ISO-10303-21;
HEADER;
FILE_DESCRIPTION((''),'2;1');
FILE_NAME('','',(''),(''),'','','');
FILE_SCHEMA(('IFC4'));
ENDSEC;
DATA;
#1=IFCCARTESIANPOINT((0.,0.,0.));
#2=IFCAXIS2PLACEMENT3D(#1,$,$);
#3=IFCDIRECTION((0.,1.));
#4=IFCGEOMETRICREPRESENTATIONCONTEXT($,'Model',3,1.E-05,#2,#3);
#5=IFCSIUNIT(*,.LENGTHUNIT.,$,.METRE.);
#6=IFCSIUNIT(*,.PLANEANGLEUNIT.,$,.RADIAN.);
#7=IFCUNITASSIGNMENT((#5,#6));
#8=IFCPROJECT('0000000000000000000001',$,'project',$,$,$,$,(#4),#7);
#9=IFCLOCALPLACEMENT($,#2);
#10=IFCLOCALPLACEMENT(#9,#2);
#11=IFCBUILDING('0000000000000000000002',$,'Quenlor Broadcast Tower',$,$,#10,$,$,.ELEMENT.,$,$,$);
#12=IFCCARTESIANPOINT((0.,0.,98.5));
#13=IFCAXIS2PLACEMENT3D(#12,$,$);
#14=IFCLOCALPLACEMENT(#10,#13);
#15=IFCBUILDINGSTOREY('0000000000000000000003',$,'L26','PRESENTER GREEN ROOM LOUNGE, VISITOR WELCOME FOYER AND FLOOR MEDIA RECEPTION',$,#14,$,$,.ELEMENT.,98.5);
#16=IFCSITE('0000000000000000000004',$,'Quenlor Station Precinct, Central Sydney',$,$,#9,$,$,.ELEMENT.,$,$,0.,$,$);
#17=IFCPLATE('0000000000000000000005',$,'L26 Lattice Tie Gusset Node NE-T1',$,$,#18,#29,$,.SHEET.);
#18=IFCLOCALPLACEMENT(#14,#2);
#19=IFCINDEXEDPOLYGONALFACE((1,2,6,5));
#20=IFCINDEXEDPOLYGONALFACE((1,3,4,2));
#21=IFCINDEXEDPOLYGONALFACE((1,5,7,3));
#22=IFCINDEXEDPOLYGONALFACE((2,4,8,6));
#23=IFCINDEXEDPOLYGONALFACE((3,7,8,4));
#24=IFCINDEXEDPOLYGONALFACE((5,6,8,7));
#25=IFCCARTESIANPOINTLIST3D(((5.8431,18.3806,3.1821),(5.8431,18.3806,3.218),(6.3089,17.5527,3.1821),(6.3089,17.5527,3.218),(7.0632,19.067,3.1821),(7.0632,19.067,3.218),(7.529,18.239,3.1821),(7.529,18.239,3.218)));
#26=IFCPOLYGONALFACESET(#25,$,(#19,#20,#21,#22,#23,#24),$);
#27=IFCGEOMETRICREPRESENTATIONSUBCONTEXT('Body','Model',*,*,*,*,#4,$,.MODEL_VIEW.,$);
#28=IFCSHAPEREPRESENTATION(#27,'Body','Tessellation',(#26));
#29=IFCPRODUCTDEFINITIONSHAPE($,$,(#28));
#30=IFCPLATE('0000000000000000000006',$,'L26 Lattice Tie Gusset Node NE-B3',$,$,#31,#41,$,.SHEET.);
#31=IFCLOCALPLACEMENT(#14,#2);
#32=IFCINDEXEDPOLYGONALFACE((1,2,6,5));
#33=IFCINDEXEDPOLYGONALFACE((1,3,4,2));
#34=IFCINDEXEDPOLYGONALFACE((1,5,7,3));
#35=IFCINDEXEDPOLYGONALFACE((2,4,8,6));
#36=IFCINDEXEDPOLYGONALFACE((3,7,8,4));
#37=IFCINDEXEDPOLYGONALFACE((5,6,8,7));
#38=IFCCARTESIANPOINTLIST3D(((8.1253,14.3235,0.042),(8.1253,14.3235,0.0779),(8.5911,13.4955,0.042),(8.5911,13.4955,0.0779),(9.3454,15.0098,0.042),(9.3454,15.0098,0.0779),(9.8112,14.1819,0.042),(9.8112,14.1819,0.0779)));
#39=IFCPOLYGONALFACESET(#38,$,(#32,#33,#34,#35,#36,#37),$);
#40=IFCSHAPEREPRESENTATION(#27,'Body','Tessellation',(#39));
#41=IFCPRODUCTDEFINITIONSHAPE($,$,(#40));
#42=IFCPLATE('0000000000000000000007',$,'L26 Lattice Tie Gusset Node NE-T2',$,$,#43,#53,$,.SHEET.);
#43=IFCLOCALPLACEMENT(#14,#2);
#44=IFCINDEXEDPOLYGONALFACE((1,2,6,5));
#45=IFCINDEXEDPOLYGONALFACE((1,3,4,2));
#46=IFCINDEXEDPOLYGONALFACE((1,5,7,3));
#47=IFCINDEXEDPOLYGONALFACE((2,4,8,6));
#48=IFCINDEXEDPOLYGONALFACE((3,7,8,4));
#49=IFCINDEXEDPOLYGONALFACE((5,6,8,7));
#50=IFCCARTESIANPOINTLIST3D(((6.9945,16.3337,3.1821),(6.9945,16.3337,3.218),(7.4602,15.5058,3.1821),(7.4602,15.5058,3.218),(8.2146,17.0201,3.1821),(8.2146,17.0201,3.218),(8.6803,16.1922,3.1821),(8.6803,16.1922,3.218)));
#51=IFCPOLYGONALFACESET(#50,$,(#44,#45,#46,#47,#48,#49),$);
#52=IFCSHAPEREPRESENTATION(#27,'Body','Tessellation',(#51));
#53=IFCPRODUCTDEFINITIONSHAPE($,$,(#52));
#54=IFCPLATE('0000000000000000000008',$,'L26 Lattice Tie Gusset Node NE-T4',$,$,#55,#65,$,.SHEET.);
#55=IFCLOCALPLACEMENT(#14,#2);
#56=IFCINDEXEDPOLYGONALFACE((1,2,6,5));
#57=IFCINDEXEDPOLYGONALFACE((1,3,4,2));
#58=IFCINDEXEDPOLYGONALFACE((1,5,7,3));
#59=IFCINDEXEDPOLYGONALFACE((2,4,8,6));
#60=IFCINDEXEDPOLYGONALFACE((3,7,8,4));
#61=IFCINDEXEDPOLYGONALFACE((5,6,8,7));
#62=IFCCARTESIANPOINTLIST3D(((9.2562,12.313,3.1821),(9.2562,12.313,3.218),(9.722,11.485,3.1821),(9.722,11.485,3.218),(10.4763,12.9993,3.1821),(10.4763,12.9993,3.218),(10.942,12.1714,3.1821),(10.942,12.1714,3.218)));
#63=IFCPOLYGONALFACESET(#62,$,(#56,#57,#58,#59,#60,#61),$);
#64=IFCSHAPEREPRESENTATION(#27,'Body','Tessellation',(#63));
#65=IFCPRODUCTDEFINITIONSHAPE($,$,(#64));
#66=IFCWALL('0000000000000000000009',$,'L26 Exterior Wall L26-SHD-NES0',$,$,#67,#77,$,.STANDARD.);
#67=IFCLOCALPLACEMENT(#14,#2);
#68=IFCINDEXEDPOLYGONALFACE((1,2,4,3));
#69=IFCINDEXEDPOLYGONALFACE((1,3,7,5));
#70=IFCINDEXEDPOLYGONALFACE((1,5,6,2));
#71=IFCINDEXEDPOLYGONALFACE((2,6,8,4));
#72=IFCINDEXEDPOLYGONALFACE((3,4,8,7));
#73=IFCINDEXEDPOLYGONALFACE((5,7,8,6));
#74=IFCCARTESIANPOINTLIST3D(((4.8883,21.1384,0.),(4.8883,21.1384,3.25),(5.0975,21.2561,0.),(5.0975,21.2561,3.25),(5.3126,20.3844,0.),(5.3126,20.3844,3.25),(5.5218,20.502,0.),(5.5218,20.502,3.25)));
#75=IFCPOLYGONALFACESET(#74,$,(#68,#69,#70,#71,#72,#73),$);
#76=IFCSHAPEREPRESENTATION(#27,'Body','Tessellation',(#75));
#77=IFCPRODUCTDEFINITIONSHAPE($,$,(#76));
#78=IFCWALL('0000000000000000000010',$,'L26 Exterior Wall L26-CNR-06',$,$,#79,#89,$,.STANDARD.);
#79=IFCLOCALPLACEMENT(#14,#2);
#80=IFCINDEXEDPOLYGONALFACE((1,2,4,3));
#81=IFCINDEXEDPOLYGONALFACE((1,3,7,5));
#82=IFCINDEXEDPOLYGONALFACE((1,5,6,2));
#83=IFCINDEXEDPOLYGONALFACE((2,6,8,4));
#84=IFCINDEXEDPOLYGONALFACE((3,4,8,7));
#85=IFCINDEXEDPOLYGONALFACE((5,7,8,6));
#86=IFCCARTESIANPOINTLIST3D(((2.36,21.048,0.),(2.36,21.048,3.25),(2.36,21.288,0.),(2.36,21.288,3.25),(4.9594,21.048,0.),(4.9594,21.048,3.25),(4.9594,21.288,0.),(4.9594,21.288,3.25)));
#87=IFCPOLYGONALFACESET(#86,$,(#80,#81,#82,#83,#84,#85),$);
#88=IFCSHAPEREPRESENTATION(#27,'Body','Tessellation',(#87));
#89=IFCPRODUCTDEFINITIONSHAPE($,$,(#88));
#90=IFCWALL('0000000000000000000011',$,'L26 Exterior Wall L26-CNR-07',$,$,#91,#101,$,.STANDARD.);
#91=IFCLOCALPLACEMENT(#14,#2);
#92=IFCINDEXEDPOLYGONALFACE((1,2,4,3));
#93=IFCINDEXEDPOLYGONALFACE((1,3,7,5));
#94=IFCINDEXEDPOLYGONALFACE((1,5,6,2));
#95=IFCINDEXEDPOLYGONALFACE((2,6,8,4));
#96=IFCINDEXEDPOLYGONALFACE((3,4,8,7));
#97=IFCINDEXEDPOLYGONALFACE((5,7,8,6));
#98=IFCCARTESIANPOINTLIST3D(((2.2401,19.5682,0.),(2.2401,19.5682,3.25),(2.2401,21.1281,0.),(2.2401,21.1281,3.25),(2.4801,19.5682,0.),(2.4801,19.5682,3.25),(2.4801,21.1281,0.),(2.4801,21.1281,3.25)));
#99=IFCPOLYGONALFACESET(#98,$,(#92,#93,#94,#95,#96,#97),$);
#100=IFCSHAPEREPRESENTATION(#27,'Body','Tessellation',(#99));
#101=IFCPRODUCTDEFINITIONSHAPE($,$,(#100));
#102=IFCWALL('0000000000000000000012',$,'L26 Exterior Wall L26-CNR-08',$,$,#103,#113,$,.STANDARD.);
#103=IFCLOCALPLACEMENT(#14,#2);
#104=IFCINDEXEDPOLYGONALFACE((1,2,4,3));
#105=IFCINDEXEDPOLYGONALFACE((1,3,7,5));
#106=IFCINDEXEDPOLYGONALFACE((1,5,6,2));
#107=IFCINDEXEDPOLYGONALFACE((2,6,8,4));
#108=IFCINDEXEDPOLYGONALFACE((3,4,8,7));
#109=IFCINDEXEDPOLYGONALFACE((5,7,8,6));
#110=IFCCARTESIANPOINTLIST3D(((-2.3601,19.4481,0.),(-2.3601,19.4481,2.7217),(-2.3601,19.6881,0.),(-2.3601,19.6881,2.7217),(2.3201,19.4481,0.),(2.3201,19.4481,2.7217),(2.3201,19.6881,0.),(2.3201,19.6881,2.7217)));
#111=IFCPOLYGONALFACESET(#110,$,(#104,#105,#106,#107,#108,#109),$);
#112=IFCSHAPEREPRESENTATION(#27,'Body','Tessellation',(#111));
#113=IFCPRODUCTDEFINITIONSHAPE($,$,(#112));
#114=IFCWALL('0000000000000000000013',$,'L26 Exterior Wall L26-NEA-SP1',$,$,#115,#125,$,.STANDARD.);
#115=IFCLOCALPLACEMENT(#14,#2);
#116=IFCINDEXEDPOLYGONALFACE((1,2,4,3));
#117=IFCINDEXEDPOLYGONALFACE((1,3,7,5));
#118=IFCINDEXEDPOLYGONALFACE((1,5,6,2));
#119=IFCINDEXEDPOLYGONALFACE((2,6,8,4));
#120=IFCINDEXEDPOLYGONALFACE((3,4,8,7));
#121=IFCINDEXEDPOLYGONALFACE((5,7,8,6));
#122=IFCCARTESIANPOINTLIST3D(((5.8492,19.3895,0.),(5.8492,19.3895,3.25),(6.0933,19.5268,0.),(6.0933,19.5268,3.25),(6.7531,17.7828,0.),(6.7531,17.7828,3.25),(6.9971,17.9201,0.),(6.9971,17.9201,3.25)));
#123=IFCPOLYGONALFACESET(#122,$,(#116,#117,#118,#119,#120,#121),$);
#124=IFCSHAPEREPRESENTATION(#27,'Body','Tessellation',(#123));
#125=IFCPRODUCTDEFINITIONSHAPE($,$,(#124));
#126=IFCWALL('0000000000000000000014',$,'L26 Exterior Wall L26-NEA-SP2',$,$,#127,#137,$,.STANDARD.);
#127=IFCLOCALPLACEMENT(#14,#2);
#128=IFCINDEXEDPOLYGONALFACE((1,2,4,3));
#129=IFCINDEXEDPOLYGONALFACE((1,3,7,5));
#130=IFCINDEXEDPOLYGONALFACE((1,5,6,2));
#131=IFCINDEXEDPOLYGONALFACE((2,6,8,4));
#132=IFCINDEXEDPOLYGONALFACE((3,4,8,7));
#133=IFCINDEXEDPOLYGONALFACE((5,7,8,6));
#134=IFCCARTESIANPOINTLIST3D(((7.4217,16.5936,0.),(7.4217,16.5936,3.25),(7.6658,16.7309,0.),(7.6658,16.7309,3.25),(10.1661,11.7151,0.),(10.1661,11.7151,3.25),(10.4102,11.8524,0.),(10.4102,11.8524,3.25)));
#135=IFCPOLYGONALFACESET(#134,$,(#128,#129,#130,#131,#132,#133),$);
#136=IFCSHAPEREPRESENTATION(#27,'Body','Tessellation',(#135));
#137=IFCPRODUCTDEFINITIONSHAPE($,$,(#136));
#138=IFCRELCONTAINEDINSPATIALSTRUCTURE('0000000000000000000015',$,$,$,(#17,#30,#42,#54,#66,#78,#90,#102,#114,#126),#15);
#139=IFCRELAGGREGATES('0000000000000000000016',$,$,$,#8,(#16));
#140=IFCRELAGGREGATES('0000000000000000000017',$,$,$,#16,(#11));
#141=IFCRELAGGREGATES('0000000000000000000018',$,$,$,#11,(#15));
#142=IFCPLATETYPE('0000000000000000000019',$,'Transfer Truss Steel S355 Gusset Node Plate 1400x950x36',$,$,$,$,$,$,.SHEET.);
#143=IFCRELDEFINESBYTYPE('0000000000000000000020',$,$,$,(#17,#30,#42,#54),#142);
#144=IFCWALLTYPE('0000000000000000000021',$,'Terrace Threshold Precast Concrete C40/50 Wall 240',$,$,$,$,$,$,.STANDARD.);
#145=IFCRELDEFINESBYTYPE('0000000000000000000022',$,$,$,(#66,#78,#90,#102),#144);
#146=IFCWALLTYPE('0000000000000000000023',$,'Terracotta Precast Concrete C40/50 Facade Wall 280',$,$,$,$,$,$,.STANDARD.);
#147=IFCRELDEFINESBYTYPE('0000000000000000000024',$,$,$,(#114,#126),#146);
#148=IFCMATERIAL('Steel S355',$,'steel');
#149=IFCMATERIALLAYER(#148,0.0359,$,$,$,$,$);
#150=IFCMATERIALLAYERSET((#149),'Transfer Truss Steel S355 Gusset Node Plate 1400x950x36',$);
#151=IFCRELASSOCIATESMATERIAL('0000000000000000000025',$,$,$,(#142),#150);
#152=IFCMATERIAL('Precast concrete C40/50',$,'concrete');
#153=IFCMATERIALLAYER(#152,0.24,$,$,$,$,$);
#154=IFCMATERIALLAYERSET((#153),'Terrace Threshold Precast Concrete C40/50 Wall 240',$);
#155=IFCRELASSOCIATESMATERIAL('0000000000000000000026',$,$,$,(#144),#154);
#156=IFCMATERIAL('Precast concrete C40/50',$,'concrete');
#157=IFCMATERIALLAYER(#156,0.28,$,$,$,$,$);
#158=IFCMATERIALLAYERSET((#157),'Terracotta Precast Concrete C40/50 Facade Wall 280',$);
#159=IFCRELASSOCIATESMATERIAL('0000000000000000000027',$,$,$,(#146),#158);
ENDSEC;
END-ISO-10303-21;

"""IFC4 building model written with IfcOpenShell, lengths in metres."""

from ifc_helpers import new_model, si_unit, direction, frame, frame_2d, origin, origin_2d, place, context, subcontext, project, spatial, rectangle, extrude, material, layer, layer_set, type_object, element, save


model = new_model("IFC4")

# Units and contexts
model_context = context("Model", 3, precision=1e-05, world=origin(), true_north=direction((0.0, 1.0)))
body_context = subcontext(model_context, "Body", "Model", "MODEL_VIEW")
ifc_project = project(units=[si_unit("LENGTHUNIT", "METRE"), si_unit("PLANEANGLEUNIT", "RADIAN")], contexts=[model_context])

# Site, building, storey
site_placement = place(None, origin())
site = spatial("IfcSite", under=ifc_project, at=site_placement, Name="Quenlor Station Precinct, Central Sydney", CompositionType="ELEMENT", RefElevation=0.0)
building_placement = place(site_placement, origin())
building = spatial("IfcBuilding", under=site, at=building_placement, Name="Quenlor Broadcast Tower", CompositionType="ELEMENT")
storey_placement = place(building_placement, frame((0.0, 0.0, 98.5)))
storey = spatial("IfcBuildingStorey", under=building, at=storey_placement, Name="L26", Description="PRESENTER GREEN ROOM LOUNGE, VISITOR WELCOME FOYER AND FLOOR MEDIA RECEPTION", CompositionType="ELEMENT", Elevation=98.5)

# Plates
ifc_material_1 = material(Name="Steel S355", Category="steel")
ifc_layer_1 = layer(ifc_material_1, 0.0359)
ifc_layer_set_1 = layer_set([ifc_layer_1], Name="Transfer Truss Steel S355 Gusset Node Plate 1400x950x36")
plate_type_1 = type_object("IfcPlateType", Name="Transfer Truss Steel S355 Gusset Node Plate 1400x950x36", PredefinedType="SHEET", material=ifc_layer_set_1)
for number, where, z_axis, x_axis, name in (
    (1, (6.686, 18.3098, 3.1821), (0.0, 0.0, 1.0), (0.871556, 0.490295, 0.0), "L26 Lattice Tie Gusset Node NE-T1"),
    (2, (8.9683, 14.2527, 0.042), (0.0, 0.0, 1.0), (0.871556, 0.490295, 0.0), "L26 Lattice Tie Gusset Node NE-B3"),
    (3, (7.8374, 16.2629, 3.1821), (0.0, 0.0, 1.0), (0.871556, 0.490295, 0.0), "L26 Lattice Tie Gusset Node NE-T2"),
    (4, (10.0991, 12.2422, 3.1821), (0.0, 0.0, 1.0), (0.871556, 0.490295, 0.0), "L26 Lattice Tie Gusset Node NE-T4"),
):
    element("IfcPlate", number, at=place(storey_placement, frame(where, z_axis=z_axis, x_axis=x_axis)), inside=storey, type_object=plate_type_1, Name=name, PredefinedType="SHEET", context=body_context, shape_type="SweptSolid", body=[
        extrude(rectangle(XDim=1.3999, YDim=0.95, at=origin_2d()), origin(), (0.0, 0.0, 1.0), 0.0359),
    ])

# Walls
ifc_material_2 = material(Name="Precast concrete C40/50", Category="concrete")
ifc_layer_2 = layer(ifc_material_2, 0.24)
ifc_layer_set_2 = layer_set([ifc_layer_2], Name="Terrace Threshold Precast Concrete C40/50 Wall 240")
wall_type_1 = type_object("IfcWallType", Name="Terrace Threshold Precast Concrete C40/50 Wall 240", PredefinedType="STANDARD", material=ifc_layer_set_2)
wall_1_placement = place(storey_placement, frame((4.9929, 21.1973, 0.0), z_axis=(0.0, 0.0, 1.0), x_axis=(0.490355, -0.871523, 0.0)))
element("IfcWall", 5, at=wall_1_placement, inside=storey, type_object=wall_type_1, Name="L26 Exterior Wall L26-SHD-NES0", PredefinedType="STANDARD", context=body_context, shape_type="SweptSolid", body=[
    extrude(rectangle(XDim=0.8652, YDim=0.24, at=frame_2d((0.4326, 0.0))), origin(), (0.0, 0.0, 1.0), 3.25),
])
wall_2_placement = place(storey_placement, frame((4.9595, 21.168, 0.0), z_axis=(0.0, 0.0, 1.0), x_axis=(-1.0, 0.0, 0.0)))
element("IfcWall", 6, at=wall_2_placement, inside=storey, type_object=wall_type_1, Name="L26 Exterior Wall L26-CNR-06", PredefinedType="STANDARD", context=body_context, shape_type="SweptSolid", body=[
    extrude(rectangle(XDim=2.5994, YDim=0.24, at=frame_2d((1.2998, 0.0))), origin(), (0.0, 0.0, 1.0), 3.25),
])
wall_3_placement = place(storey_placement, frame((2.3601, 21.1279, 0.0), z_axis=(0.0, 0.0, 1.0), x_axis=(0.0, -1.0, 0.0)))
element("IfcWall", 7, at=wall_3_placement, inside=storey, type_object=wall_type_1, Name="L26 Exterior Wall L26-CNR-07", PredefinedType="STANDARD", context=body_context, shape_type="SweptSolid", body=[
    extrude(rectangle(XDim=1.5598, YDim=0.24, at=frame_2d((0.7798, 0.0))), origin(), (0.0, 0.0, 1.0), 3.25),
])
wall_4_placement = place(storey_placement, frame((2.3201, 19.5681, 0.0), z_axis=(0.0, 0.0, 1.0), x_axis=(-1.0, 0.0, 0.0)))
element("IfcWall", 8, at=wall_4_placement, inside=storey, type_object=wall_type_1, Name="L26 Exterior Wall L26-CNR-08", PredefinedType="STANDARD", context=body_context, shape_type="SweptSolid", body=[
    extrude(rectangle(XDim=4.6802, YDim=0.24, at=frame_2d((2.3401, 0.0))), origin(), (0.0, 0.0, 1.0), 2.7217),
])
ifc_material_3 = material(Name="Precast concrete C40/50", Category="concrete")
ifc_layer_3 = layer(ifc_material_3, 0.28)
ifc_layer_set_3 = layer_set([ifc_layer_3], Name="Terracotta Precast Concrete C40/50 Facade Wall 280")
wall_type_2 = type_object("IfcWallType", Name="Terracotta Precast Concrete C40/50 Facade Wall 280", PredefinedType="STANDARD", material=ifc_layer_set_3)
wall_5_placement = place(storey_placement, frame((5.9712, 19.4583, 0.0), z_axis=(0.0, 0.0, 1.0), x_axis=(0.49028, -0.871565, 0.0)))
element("IfcWall", 9, at=wall_5_placement, inside=storey, type_object=wall_type_2, Name="L26 Exterior Wall L26-NEA-SP1", PredefinedType="STANDARD", context=body_context, shape_type="SweptSolid", body=[
    extrude(rectangle(XDim=1.8435, YDim=0.28, at=frame_2d((0.9219, 0.0))), origin(), (0.0, 0.0, 1.0), 3.25),
])
wall_6_placement = place(storey_placement, frame((7.5437, 16.6624, 0.0), z_axis=(0.0, 0.0, 1.0), x_axis=(0.490299, -0.871555, 0.0)))
element("IfcWall", 10, at=wall_6_placement, inside=storey, type_object=wall_type_2, Name="L26 Exterior Wall L26-NEA-SP2", PredefinedType="STANDARD", context=body_context, shape_type="SweptSolid", body=[
    extrude(rectangle(XDim=5.5974, YDim=0.28, at=frame_2d((2.7988, 0.0))), origin(), (0.0, 0.0, 1.0), 3.25),
])

save(model, "model.ifc")
